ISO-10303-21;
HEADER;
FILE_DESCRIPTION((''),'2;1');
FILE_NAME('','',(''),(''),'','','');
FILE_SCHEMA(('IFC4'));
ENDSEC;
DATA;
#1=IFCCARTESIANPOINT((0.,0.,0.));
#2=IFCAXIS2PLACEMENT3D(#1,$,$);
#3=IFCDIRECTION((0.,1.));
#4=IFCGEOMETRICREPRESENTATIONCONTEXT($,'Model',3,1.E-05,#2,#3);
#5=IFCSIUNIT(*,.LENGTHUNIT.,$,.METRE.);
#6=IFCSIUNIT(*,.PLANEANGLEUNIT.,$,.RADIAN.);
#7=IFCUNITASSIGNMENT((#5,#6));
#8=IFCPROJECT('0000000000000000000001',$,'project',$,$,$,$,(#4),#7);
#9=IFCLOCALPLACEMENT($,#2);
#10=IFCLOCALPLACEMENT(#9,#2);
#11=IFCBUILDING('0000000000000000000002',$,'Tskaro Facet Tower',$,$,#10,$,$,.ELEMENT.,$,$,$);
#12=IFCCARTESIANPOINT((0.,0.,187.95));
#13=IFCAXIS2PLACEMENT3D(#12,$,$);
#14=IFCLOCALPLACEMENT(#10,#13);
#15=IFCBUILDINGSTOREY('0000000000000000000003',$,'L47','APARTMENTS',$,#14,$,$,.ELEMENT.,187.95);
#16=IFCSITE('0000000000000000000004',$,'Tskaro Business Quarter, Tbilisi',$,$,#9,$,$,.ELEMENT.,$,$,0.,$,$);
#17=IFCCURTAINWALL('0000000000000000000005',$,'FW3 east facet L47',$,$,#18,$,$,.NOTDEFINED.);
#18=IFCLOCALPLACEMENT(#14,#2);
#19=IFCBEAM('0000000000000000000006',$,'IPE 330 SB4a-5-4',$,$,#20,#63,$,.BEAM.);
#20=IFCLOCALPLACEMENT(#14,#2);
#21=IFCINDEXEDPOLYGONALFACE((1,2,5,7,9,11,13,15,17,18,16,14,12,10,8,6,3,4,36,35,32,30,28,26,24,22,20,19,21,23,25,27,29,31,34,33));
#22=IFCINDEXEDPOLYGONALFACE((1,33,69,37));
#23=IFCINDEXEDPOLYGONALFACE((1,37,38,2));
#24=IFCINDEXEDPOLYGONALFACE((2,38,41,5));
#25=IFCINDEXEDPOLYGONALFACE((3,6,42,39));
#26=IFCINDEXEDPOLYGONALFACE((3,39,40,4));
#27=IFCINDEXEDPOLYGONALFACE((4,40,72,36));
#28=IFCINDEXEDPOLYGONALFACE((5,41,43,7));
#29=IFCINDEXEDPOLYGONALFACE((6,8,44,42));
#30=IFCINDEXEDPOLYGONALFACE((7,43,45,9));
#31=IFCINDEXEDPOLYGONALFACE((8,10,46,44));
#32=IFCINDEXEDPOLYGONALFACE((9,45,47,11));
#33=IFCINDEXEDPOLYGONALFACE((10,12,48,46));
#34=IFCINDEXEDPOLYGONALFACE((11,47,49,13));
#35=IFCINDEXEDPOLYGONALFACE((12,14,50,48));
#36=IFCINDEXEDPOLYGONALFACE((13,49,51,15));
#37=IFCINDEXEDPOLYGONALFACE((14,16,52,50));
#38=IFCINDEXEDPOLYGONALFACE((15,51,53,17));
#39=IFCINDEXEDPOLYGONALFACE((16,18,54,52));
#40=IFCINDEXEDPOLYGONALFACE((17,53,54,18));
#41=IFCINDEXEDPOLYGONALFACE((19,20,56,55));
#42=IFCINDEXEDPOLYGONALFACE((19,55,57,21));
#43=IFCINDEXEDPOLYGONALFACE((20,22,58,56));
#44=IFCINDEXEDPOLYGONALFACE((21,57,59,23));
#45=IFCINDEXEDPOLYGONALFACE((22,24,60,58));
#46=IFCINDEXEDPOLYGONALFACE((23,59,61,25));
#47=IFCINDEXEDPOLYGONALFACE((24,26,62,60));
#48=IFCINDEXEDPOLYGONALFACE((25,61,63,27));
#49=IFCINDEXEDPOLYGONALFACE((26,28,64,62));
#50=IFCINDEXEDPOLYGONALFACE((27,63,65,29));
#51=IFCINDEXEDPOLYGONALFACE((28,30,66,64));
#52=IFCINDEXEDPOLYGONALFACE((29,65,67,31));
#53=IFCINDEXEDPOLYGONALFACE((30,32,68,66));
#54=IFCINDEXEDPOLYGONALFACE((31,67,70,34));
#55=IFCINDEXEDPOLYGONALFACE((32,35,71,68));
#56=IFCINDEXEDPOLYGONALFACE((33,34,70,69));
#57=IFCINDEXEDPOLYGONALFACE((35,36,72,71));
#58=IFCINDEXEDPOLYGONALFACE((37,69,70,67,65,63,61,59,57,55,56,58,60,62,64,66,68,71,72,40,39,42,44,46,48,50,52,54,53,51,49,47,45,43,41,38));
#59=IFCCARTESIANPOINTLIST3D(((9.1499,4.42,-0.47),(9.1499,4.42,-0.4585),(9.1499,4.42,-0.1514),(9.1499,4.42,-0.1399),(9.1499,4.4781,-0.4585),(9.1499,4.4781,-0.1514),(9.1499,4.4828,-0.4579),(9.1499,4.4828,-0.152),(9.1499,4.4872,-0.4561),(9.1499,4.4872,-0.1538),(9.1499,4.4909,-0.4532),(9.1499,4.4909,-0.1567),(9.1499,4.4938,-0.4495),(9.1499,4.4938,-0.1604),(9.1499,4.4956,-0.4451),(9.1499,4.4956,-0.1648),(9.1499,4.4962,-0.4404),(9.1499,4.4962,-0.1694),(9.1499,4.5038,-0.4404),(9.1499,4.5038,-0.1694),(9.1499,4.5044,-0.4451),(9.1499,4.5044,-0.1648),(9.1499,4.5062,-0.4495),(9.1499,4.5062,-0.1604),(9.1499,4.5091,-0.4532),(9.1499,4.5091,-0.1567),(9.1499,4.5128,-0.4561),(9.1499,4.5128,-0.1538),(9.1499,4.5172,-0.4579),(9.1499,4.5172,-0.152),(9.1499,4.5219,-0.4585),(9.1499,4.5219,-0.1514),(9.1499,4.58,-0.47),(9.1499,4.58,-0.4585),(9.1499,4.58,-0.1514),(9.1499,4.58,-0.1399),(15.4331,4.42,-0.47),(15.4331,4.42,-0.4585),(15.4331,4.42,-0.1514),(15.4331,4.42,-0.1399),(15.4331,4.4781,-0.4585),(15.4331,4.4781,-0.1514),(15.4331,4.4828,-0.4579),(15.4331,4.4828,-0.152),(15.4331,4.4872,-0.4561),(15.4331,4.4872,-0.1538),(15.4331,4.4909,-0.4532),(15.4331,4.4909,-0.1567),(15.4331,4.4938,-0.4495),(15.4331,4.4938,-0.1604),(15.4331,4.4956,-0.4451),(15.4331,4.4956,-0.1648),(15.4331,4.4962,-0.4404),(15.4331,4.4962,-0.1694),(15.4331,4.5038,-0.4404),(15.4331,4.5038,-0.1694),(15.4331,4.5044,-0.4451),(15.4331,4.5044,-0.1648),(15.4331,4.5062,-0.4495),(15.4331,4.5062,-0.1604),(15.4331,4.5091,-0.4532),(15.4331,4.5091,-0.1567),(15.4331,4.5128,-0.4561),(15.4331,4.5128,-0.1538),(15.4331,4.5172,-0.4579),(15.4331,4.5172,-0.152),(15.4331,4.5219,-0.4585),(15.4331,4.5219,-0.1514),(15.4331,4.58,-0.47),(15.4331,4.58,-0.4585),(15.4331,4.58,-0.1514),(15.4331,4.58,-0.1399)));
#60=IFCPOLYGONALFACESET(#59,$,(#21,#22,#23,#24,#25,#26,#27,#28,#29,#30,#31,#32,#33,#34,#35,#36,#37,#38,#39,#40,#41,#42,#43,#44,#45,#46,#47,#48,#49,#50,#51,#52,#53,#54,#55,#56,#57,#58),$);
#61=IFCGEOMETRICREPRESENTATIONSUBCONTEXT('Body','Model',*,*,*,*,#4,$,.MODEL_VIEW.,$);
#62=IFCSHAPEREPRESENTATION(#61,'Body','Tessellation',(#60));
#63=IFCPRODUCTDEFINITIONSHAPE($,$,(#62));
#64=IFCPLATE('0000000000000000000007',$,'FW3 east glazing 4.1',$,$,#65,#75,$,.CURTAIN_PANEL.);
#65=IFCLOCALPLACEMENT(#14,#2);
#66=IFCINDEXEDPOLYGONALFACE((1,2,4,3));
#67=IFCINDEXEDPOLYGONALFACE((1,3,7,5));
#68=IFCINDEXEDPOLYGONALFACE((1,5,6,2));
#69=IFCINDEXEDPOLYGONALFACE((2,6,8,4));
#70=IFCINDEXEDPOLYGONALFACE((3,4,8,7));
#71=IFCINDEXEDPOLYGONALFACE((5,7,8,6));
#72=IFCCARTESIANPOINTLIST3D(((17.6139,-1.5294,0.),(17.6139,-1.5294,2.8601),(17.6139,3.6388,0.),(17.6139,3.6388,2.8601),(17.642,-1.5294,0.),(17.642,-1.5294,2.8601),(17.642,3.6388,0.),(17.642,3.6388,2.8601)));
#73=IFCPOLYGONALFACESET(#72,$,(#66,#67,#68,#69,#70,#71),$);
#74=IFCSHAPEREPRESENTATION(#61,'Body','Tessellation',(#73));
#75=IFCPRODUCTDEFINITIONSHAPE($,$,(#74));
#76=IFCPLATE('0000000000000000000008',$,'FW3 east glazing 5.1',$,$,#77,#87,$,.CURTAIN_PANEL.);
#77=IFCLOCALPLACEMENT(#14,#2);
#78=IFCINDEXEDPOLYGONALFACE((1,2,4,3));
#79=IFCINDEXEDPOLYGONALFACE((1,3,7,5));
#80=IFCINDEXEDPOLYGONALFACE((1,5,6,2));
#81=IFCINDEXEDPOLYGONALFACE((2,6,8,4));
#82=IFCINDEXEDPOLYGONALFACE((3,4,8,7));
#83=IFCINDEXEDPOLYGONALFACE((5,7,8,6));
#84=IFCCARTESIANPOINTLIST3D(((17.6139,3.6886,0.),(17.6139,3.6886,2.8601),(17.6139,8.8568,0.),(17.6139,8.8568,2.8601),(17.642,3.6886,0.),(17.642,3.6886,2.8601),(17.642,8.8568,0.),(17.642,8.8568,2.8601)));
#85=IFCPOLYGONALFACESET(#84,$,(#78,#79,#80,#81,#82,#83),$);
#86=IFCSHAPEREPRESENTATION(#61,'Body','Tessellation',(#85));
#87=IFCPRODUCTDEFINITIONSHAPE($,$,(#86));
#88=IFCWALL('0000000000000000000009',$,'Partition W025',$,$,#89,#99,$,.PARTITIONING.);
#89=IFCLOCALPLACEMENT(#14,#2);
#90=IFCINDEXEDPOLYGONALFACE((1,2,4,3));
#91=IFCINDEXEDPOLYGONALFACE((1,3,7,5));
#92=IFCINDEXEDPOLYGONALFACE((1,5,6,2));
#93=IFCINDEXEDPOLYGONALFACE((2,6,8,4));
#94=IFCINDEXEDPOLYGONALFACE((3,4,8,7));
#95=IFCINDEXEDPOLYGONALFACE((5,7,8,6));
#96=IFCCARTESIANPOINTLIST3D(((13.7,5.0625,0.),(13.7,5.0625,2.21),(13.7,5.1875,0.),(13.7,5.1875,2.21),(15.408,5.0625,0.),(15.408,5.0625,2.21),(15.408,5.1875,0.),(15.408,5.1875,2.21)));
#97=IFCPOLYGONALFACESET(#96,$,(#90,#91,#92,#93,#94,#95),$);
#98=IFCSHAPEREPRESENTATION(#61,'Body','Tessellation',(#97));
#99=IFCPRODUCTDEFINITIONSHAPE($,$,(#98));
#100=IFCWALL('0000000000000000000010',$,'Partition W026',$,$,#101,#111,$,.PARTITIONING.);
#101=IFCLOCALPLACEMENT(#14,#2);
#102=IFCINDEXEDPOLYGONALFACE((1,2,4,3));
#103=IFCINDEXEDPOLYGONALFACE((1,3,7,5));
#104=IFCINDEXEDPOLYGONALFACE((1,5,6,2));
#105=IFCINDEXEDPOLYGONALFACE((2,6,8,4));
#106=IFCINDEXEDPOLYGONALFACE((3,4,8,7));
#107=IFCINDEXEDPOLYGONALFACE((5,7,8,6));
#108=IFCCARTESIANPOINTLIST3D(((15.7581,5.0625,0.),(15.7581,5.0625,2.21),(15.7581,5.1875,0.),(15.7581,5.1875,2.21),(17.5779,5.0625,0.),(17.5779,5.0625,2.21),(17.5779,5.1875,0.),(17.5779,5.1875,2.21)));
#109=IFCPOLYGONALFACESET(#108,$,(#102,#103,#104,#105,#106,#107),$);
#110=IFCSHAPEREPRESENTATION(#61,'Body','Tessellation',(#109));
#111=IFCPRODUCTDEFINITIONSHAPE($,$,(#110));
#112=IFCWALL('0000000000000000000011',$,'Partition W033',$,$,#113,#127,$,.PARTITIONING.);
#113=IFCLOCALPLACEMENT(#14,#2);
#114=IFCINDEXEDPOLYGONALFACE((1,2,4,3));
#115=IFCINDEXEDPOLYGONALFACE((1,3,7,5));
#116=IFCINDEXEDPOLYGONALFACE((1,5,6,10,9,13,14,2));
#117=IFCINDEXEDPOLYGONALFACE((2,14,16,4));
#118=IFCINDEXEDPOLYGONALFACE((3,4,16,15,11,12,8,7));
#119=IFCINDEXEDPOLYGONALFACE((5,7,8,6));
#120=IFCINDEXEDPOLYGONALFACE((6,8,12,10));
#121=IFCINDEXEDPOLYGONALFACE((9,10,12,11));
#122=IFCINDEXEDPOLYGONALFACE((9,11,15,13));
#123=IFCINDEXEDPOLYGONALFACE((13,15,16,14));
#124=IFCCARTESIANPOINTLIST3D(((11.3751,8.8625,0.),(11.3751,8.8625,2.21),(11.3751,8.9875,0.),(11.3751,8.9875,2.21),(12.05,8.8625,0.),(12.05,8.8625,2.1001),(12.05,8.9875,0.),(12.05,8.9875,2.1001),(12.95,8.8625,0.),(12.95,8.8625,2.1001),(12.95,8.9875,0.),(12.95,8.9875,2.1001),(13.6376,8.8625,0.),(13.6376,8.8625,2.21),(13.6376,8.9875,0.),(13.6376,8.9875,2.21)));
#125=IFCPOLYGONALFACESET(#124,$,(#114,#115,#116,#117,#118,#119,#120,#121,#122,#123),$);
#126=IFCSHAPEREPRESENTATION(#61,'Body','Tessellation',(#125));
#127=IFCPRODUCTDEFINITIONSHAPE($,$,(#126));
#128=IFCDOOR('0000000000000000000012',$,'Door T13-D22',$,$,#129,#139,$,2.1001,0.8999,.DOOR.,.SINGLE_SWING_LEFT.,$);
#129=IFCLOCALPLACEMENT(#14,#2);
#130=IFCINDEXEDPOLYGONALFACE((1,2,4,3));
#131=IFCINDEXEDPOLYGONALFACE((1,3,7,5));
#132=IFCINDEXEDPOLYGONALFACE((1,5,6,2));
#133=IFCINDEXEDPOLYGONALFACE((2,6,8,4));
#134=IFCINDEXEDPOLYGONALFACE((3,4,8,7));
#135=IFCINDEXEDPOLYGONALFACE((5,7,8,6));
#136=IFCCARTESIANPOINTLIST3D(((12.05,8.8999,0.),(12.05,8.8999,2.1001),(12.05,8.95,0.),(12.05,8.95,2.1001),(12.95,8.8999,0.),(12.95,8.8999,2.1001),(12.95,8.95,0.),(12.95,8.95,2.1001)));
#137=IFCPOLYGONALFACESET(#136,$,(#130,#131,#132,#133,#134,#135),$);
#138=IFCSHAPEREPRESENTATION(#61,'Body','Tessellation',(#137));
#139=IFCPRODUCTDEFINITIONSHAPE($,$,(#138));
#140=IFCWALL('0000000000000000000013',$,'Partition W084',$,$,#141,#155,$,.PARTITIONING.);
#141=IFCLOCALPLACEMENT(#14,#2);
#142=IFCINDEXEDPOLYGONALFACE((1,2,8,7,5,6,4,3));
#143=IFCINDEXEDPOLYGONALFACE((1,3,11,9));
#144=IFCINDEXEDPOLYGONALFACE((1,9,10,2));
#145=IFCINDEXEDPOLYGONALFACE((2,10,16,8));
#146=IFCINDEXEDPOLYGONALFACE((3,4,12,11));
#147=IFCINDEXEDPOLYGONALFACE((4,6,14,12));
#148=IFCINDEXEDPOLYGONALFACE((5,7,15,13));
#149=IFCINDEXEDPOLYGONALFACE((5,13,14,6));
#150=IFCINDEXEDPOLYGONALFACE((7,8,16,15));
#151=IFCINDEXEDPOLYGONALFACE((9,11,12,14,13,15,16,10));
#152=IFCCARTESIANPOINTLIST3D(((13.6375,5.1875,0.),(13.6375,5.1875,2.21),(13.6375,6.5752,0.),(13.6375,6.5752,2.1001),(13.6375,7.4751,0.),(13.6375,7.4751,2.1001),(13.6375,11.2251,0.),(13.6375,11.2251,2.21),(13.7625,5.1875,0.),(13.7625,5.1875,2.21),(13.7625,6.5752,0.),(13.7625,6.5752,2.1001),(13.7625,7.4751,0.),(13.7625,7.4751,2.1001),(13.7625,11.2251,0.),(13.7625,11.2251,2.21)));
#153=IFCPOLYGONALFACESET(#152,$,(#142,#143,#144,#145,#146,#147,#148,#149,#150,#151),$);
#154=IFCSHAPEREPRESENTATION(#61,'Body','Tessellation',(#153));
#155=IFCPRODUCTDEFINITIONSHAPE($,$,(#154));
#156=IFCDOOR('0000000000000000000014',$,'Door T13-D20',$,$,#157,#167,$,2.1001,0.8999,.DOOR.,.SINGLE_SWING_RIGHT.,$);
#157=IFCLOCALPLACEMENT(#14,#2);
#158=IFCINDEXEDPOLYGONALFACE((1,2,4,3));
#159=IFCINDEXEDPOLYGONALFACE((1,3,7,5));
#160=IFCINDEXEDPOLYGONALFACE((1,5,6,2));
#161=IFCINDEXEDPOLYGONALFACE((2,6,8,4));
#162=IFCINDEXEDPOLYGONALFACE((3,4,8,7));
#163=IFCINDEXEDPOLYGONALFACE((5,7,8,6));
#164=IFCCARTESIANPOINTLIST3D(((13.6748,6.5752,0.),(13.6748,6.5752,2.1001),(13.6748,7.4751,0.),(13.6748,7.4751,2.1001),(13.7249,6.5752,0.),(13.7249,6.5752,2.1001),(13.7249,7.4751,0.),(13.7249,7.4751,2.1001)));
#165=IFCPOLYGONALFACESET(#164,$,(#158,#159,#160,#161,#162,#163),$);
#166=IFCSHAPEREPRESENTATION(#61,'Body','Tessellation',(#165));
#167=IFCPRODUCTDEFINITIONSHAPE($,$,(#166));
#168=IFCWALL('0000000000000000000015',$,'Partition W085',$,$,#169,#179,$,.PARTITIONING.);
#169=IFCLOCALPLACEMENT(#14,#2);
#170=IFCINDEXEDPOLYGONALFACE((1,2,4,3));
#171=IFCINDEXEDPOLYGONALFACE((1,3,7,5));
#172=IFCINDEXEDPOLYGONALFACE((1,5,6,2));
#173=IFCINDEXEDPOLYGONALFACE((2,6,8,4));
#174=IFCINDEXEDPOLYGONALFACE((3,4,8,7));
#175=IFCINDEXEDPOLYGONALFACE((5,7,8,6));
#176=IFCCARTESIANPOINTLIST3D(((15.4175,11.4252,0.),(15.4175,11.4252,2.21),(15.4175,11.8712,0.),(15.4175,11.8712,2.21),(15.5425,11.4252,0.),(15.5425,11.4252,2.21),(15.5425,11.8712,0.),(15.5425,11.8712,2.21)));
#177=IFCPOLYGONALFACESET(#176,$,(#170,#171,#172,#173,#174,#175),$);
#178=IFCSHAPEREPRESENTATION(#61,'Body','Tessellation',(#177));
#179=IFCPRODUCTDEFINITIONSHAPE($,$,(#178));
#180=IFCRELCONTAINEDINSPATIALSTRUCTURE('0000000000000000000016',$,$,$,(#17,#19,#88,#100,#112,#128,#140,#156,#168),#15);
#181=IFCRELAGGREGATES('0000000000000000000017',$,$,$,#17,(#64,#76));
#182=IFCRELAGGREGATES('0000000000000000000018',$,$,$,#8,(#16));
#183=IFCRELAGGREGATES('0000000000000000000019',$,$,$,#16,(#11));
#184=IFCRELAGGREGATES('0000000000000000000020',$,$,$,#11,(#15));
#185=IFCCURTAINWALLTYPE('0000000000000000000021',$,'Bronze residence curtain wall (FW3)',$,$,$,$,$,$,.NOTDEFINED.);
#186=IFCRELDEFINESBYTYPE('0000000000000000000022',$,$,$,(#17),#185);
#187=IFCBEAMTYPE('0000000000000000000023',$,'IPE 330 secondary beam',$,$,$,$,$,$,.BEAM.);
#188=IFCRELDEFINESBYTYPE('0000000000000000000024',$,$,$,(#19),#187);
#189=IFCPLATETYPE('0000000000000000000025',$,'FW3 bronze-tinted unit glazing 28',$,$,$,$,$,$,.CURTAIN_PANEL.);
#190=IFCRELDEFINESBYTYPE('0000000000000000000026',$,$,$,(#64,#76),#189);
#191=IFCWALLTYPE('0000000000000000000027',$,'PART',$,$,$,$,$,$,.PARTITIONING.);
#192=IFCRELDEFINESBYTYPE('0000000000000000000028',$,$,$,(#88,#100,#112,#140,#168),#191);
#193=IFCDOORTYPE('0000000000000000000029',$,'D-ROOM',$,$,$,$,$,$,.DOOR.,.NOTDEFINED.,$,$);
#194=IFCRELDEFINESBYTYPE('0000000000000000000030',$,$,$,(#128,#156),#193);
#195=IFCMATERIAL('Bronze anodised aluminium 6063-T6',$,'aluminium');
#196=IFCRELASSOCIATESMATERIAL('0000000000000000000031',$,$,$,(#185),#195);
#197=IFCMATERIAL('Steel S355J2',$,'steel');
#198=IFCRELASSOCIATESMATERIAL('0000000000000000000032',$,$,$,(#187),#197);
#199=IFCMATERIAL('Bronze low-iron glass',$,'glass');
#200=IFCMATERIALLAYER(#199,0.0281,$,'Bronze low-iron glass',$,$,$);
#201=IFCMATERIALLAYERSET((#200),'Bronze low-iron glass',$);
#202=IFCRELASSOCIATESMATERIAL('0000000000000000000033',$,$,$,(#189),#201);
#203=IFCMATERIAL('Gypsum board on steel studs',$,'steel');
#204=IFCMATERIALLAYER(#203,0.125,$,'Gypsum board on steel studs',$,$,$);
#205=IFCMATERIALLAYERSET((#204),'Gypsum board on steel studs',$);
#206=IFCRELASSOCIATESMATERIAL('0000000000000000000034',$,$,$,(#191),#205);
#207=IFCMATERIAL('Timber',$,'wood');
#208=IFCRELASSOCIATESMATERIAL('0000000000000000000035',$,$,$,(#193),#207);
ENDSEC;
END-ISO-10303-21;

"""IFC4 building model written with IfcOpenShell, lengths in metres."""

from ifc_helpers import new_model, si_unit, direction, frame, frame_2d, origin, origin_2d, place, context, subcontext, project, spatial, rectangle, i_section, extrude, material, layer, layer_set, material_profile, profile_set, type_object, element, fill, aggregate, save


model = new_model("IFC4")

# Units and contexts
model_context = context("Model", 3, precision=1e-05, world=origin(), true_north=direction((0.0, 1.0)))
body_context = subcontext(model_context, "Body", "Model", "MODEL_VIEW")
ifc_project = project(units=[si_unit("LENGTHUNIT", "METRE"), si_unit("PLANEANGLEUNIT", "RADIAN")], contexts=[model_context])

# Site, building, storey
site_placement = place(None, origin())
site = spatial("IfcSite", under=ifc_project, at=site_placement, Name="Tskaro Business Quarter, Tbilisi", CompositionType="ELEMENT", RefElevation=0.0)
building_placement = place(site_placement, origin())
building = spatial("IfcBuilding", under=site, at=building_placement, Name="Tskaro Facet Tower", CompositionType="ELEMENT")
storey_placement = place(building_placement, frame((0.0, 0.0, 187.95)))
storey = spatial("IfcBuildingStorey", under=building, at=storey_placement, Name="L47", Description="APARTMENTS", CompositionType="ELEMENT", Elevation=187.95)

# Curtain wall
ifc_material_1 = material(Name="Bronze anodised aluminium 6063-T6", Category="aluminium")
curtain_wall_type = type_object("IfcCurtainWallType", Name="Bronze residence curtain wall (FW3)", PredefinedType="NOTDEFINED", material=ifc_material_1)
curtain_wall_placement = place(storey_placement, origin())
curtain_wall = element("IfcCurtainWall", 1, at=curtain_wall_placement, inside=storey, type_object=curtain_wall_type, Name="FW3 east facet L47", PredefinedType="NOTDEFINED")

# Beam
ifc_material_2 = material(Name="Steel S355J2", Category="steel")
ifc_material_profile_1 = material_profile(ifc_material_2, i_section(OverallWidth=0.1599, OverallDepth=0.3301, WebThickness=0.0076, FlangeThickness=0.0115, FilletRadius=0.0181, at=origin_2d()), Name="IPE 330")
ifc_profile_set_1 = profile_set([ifc_material_profile_1], Name="Steel S355J2")
beam_type_1 = type_object("IfcBeamType", Name="IPE 330 secondary beam", PredefinedType="BEAM", material=ifc_profile_set_1)
beam_1_placement = place(storey_placement, frame((9.1499, 4.5, -0.3049), z_axis=(1.0, 0.0, 0.0), x_axis=(0.0, 1.0, 0.0)))
element("IfcBeam", 2, at=beam_1_placement, inside=storey, type_object=beam_type_1, Name="IPE 330 SB4a-5-4", PredefinedType="BEAM", context=body_context, shape_type="SweptSolid", body=[
    extrude(i_section(OverallWidth=0.1599, OverallDepth=0.3301, WebThickness=0.0076, FlangeThickness=0.0115, FilletRadius=0.0181, at=origin_2d()), origin(), (0.0, 0.0, 1.0), 6.2832),
])

# Plates
ifc_material_3 = material(Name="Bronze low-iron glass", Category="glass")
ifc_layer_1 = layer(ifc_material_3, 0.0281, Name="Bronze low-iron glass")
ifc_layer_set_1 = layer_set([ifc_layer_1], Name="Bronze low-iron glass")
plate_type = type_object("IfcPlateType", Name="FW3 bronze-tinted unit glazing 28", PredefinedType="CURTAIN_PANEL", material=ifc_layer_set_1)
plate_1_placement = place(storey_placement, frame((17.6279, 1.0547, 0.0), z_axis=(0.0, 0.0, 1.0), x_axis=(0.0, 1.0, 0.0)))
plate_1 = element("IfcPlate", 3, at=plate_1_placement, type_object=plate_type, Name="FW3 east glazing 4.1", PredefinedType="CURTAIN_PANEL", context=body_context, shape_type="SweptSolid", body=[
    extrude(rectangle(XDim=5.1682, YDim=0.0281, at=origin_2d()), origin(), (0.0, 0.0, 1.0), 2.8601),
])
plate_2_placement = place(storey_placement, frame((17.6279, 6.2727, 0.0), z_axis=(0.0, 0.0, 1.0), x_axis=(0.0, 1.0, 0.0)))
plate_2 = element("IfcPlate", 4, at=plate_2_placement, type_object=plate_type, Name="FW3 east glazing 5.1", PredefinedType="CURTAIN_PANEL", context=body_context, shape_type="SweptSolid", body=[
    extrude(rectangle(XDim=5.1682, YDim=0.0281, at=origin_2d()), origin(), (0.0, 0.0, 1.0), 2.8601),
])
aggregate(curtain_wall, [plate_1, plate_2])

# Walls
ifc_material_4 = material(Name="Gypsum board on steel studs", Category="steel")
ifc_layer_2 = layer(ifc_material_4, 0.125, Name="Gypsum board on steel studs")
ifc_layer_set_2 = layer_set([ifc_layer_2], Name="Gypsum board on steel studs")
wall_type_1 = type_object("IfcWallType", Name="PART", PredefinedType="PARTITIONING", material=ifc_layer_set_2)
wall_1_placement = place(storey_placement, frame((13.7, 5.125, 0.0), z_axis=(0.0, 0.0, 1.0), x_axis=(1.0, 0.0, 0.0)))
element("IfcWall", 5, at=wall_1_placement, inside=storey, type_object=wall_type_1, Name="Partition W025", PredefinedType="PARTITIONING", context=body_context, shape_type="SweptSolid", body=[
    extrude(rectangle(XDim=1.708, YDim=0.125, at=frame_2d((0.854, 0.0))), origin(), (0.0, 0.0, 1.0), 2.21),
])
wall_2_placement = place(storey_placement, frame((15.7581, 5.125, 0.0), z_axis=(0.0, 0.0, 1.0), x_axis=(1.0, 0.0, 0.0)))
element("IfcWall", 6, at=wall_2_placement, inside=storey, type_object=wall_type_1, Name="Partition W026", PredefinedType="PARTITIONING", context=body_context, shape_type="SweptSolid", body=[
    extrude(rectangle(XDim=1.8198, YDim=0.125, at=frame_2d((0.9099, 0.0))), origin(), (0.0, 0.0, 1.0), 2.21),
])

# Walls, openings, doors
wall_3_placement = place(storey_placement, frame((11.375, 8.925, 0.0), z_axis=(0.0, 0.0, 1.0), x_axis=(1.0, 0.0, 0.0)))
wall_3 = element("IfcWall", 7, at=wall_3_placement, inside=storey, type_object=wall_type_1, Name="Partition W033", PredefinedType="PARTITIONING", context=body_context, shape_type="SweptSolid", body=[
    extrude(rectangle(XDim=2.2625, YDim=0.125, at=frame_2d((1.1313, 0.0))), origin(), (0.0, 0.0, 1.0), 2.21),
])
opening_1_placement = place(wall_3_placement, frame((0.675, 0.0, 0.0)))
opening_1 = element("IfcOpeningElement", 8, at=opening_1_placement, cuts=wall_3, PredefinedType="OPENING", context=body_context, shape_type="SweptSolid", body=[
    extrude(rectangle(XDim=0.8999, YDim=2.1001, at=frame_2d((0.45, 1.05))), frame((0.0, 0.0725, 0.0), z_axis=(0.0, -1.0, 0.0), x_axis=(1.0, 0.0, 0.0)), (0.0, 0.0, 1.0), 0.145),
])
ifc_material_5 = material(Name="Timber", Category="wood")
door_type_1 = type_object("IfcDoorType", Name="D-ROOM", OperationType="NOTDEFINED", PredefinedType="DOOR", material=ifc_material_5)
door_1_placement = place(opening_1_placement, origin())
door_1 = element("IfcDoor", 9, at=door_1_placement, inside=storey, type_object=door_type_1, Name="Door T13-D22", OperationType="SINGLE_SWING_LEFT", OverallHeight=2.1001, OverallWidth=0.8999, PredefinedType="DOOR", context=body_context, shape_type="SweptSolid", body=[
    extrude(rectangle(XDim=0.8999, YDim=2.1001, at=frame_2d((0.45, 1.05))), frame((0.0, 0.0249, 0.0), z_axis=(0.0, -1.0, 0.0), x_axis=(1.0, 0.0, 0.0)), (0.0, 0.0, 1.0), 0.05),
])
fill(opening_1, door_1)
wall_4_placement = place(storey_placement, frame((13.7, 11.2251, 0.0), z_axis=(0.0, 0.0, 1.0), x_axis=(0.0, -1.0, 0.0)))
wall_4 = element("IfcWall", 10, at=wall_4_placement, inside=storey, type_object=wall_type_1, Name="Partition W084", PredefinedType="PARTITIONING", context=body_context, shape_type="SweptSolid", body=[
    extrude(rectangle(XDim=6.0376, YDim=0.125, at=frame_2d((3.0188, 0.0))), origin(), (0.0, 0.0, 1.0), 2.21),
])
opening_2_placement = place(wall_4_placement, frame((3.75, 0.0, 0.0)))
opening_2 = element("IfcOpeningElement", 11, at=opening_2_placement, cuts=wall_4, PredefinedType="OPENING", context=body_context, shape_type="SweptSolid", body=[
    extrude(rectangle(XDim=0.8999, YDim=2.1001, at=frame_2d((0.45, 1.05))), frame((0.0, 0.0725, 0.0), z_axis=(0.0, -1.0, 0.0), x_axis=(1.0, 0.0, 0.0)), (0.0, 0.0, 1.0), 0.145),
])
door_2_placement = place(opening_2_placement, origin())
door_2 = element("IfcDoor", 12, at=door_2_placement, inside=storey, type_object=door_type_1, Name="Door T13-D20", OperationType="SINGLE_SWING_RIGHT", OverallHeight=2.1001, OverallWidth=0.8999, PredefinedType="DOOR", context=body_context, shape_type="SweptSolid", body=[
    extrude(rectangle(XDim=0.8999, YDim=2.1001, at=frame_2d((0.45, 1.05))), frame((0.0, 0.0249, 0.0), z_axis=(0.0, -1.0, 0.0), x_axis=(1.0, 0.0, 0.0)), (0.0, 0.0, 1.0), 0.05),
])
fill(opening_2, door_2)

# Wall
wall_5_placement = place(storey_placement, frame((15.48, 11.425, 0.0), z_axis=(0.0, 0.0, 1.0), x_axis=(0.0, 1.0, 0.0)))
element("IfcWall", 13, at=wall_5_placement, inside=storey, type_object=wall_type_1, Name="Partition W085", PredefinedType="PARTITIONING", context=body_context, shape_type="SweptSolid", body=[
    extrude(rectangle(XDim=0.446, YDim=0.125, at=frame_2d((0.2231, 0.0))), origin(), (0.0, 0.0, 1.0), 2.21),
])

save(model, "model.ifc")
